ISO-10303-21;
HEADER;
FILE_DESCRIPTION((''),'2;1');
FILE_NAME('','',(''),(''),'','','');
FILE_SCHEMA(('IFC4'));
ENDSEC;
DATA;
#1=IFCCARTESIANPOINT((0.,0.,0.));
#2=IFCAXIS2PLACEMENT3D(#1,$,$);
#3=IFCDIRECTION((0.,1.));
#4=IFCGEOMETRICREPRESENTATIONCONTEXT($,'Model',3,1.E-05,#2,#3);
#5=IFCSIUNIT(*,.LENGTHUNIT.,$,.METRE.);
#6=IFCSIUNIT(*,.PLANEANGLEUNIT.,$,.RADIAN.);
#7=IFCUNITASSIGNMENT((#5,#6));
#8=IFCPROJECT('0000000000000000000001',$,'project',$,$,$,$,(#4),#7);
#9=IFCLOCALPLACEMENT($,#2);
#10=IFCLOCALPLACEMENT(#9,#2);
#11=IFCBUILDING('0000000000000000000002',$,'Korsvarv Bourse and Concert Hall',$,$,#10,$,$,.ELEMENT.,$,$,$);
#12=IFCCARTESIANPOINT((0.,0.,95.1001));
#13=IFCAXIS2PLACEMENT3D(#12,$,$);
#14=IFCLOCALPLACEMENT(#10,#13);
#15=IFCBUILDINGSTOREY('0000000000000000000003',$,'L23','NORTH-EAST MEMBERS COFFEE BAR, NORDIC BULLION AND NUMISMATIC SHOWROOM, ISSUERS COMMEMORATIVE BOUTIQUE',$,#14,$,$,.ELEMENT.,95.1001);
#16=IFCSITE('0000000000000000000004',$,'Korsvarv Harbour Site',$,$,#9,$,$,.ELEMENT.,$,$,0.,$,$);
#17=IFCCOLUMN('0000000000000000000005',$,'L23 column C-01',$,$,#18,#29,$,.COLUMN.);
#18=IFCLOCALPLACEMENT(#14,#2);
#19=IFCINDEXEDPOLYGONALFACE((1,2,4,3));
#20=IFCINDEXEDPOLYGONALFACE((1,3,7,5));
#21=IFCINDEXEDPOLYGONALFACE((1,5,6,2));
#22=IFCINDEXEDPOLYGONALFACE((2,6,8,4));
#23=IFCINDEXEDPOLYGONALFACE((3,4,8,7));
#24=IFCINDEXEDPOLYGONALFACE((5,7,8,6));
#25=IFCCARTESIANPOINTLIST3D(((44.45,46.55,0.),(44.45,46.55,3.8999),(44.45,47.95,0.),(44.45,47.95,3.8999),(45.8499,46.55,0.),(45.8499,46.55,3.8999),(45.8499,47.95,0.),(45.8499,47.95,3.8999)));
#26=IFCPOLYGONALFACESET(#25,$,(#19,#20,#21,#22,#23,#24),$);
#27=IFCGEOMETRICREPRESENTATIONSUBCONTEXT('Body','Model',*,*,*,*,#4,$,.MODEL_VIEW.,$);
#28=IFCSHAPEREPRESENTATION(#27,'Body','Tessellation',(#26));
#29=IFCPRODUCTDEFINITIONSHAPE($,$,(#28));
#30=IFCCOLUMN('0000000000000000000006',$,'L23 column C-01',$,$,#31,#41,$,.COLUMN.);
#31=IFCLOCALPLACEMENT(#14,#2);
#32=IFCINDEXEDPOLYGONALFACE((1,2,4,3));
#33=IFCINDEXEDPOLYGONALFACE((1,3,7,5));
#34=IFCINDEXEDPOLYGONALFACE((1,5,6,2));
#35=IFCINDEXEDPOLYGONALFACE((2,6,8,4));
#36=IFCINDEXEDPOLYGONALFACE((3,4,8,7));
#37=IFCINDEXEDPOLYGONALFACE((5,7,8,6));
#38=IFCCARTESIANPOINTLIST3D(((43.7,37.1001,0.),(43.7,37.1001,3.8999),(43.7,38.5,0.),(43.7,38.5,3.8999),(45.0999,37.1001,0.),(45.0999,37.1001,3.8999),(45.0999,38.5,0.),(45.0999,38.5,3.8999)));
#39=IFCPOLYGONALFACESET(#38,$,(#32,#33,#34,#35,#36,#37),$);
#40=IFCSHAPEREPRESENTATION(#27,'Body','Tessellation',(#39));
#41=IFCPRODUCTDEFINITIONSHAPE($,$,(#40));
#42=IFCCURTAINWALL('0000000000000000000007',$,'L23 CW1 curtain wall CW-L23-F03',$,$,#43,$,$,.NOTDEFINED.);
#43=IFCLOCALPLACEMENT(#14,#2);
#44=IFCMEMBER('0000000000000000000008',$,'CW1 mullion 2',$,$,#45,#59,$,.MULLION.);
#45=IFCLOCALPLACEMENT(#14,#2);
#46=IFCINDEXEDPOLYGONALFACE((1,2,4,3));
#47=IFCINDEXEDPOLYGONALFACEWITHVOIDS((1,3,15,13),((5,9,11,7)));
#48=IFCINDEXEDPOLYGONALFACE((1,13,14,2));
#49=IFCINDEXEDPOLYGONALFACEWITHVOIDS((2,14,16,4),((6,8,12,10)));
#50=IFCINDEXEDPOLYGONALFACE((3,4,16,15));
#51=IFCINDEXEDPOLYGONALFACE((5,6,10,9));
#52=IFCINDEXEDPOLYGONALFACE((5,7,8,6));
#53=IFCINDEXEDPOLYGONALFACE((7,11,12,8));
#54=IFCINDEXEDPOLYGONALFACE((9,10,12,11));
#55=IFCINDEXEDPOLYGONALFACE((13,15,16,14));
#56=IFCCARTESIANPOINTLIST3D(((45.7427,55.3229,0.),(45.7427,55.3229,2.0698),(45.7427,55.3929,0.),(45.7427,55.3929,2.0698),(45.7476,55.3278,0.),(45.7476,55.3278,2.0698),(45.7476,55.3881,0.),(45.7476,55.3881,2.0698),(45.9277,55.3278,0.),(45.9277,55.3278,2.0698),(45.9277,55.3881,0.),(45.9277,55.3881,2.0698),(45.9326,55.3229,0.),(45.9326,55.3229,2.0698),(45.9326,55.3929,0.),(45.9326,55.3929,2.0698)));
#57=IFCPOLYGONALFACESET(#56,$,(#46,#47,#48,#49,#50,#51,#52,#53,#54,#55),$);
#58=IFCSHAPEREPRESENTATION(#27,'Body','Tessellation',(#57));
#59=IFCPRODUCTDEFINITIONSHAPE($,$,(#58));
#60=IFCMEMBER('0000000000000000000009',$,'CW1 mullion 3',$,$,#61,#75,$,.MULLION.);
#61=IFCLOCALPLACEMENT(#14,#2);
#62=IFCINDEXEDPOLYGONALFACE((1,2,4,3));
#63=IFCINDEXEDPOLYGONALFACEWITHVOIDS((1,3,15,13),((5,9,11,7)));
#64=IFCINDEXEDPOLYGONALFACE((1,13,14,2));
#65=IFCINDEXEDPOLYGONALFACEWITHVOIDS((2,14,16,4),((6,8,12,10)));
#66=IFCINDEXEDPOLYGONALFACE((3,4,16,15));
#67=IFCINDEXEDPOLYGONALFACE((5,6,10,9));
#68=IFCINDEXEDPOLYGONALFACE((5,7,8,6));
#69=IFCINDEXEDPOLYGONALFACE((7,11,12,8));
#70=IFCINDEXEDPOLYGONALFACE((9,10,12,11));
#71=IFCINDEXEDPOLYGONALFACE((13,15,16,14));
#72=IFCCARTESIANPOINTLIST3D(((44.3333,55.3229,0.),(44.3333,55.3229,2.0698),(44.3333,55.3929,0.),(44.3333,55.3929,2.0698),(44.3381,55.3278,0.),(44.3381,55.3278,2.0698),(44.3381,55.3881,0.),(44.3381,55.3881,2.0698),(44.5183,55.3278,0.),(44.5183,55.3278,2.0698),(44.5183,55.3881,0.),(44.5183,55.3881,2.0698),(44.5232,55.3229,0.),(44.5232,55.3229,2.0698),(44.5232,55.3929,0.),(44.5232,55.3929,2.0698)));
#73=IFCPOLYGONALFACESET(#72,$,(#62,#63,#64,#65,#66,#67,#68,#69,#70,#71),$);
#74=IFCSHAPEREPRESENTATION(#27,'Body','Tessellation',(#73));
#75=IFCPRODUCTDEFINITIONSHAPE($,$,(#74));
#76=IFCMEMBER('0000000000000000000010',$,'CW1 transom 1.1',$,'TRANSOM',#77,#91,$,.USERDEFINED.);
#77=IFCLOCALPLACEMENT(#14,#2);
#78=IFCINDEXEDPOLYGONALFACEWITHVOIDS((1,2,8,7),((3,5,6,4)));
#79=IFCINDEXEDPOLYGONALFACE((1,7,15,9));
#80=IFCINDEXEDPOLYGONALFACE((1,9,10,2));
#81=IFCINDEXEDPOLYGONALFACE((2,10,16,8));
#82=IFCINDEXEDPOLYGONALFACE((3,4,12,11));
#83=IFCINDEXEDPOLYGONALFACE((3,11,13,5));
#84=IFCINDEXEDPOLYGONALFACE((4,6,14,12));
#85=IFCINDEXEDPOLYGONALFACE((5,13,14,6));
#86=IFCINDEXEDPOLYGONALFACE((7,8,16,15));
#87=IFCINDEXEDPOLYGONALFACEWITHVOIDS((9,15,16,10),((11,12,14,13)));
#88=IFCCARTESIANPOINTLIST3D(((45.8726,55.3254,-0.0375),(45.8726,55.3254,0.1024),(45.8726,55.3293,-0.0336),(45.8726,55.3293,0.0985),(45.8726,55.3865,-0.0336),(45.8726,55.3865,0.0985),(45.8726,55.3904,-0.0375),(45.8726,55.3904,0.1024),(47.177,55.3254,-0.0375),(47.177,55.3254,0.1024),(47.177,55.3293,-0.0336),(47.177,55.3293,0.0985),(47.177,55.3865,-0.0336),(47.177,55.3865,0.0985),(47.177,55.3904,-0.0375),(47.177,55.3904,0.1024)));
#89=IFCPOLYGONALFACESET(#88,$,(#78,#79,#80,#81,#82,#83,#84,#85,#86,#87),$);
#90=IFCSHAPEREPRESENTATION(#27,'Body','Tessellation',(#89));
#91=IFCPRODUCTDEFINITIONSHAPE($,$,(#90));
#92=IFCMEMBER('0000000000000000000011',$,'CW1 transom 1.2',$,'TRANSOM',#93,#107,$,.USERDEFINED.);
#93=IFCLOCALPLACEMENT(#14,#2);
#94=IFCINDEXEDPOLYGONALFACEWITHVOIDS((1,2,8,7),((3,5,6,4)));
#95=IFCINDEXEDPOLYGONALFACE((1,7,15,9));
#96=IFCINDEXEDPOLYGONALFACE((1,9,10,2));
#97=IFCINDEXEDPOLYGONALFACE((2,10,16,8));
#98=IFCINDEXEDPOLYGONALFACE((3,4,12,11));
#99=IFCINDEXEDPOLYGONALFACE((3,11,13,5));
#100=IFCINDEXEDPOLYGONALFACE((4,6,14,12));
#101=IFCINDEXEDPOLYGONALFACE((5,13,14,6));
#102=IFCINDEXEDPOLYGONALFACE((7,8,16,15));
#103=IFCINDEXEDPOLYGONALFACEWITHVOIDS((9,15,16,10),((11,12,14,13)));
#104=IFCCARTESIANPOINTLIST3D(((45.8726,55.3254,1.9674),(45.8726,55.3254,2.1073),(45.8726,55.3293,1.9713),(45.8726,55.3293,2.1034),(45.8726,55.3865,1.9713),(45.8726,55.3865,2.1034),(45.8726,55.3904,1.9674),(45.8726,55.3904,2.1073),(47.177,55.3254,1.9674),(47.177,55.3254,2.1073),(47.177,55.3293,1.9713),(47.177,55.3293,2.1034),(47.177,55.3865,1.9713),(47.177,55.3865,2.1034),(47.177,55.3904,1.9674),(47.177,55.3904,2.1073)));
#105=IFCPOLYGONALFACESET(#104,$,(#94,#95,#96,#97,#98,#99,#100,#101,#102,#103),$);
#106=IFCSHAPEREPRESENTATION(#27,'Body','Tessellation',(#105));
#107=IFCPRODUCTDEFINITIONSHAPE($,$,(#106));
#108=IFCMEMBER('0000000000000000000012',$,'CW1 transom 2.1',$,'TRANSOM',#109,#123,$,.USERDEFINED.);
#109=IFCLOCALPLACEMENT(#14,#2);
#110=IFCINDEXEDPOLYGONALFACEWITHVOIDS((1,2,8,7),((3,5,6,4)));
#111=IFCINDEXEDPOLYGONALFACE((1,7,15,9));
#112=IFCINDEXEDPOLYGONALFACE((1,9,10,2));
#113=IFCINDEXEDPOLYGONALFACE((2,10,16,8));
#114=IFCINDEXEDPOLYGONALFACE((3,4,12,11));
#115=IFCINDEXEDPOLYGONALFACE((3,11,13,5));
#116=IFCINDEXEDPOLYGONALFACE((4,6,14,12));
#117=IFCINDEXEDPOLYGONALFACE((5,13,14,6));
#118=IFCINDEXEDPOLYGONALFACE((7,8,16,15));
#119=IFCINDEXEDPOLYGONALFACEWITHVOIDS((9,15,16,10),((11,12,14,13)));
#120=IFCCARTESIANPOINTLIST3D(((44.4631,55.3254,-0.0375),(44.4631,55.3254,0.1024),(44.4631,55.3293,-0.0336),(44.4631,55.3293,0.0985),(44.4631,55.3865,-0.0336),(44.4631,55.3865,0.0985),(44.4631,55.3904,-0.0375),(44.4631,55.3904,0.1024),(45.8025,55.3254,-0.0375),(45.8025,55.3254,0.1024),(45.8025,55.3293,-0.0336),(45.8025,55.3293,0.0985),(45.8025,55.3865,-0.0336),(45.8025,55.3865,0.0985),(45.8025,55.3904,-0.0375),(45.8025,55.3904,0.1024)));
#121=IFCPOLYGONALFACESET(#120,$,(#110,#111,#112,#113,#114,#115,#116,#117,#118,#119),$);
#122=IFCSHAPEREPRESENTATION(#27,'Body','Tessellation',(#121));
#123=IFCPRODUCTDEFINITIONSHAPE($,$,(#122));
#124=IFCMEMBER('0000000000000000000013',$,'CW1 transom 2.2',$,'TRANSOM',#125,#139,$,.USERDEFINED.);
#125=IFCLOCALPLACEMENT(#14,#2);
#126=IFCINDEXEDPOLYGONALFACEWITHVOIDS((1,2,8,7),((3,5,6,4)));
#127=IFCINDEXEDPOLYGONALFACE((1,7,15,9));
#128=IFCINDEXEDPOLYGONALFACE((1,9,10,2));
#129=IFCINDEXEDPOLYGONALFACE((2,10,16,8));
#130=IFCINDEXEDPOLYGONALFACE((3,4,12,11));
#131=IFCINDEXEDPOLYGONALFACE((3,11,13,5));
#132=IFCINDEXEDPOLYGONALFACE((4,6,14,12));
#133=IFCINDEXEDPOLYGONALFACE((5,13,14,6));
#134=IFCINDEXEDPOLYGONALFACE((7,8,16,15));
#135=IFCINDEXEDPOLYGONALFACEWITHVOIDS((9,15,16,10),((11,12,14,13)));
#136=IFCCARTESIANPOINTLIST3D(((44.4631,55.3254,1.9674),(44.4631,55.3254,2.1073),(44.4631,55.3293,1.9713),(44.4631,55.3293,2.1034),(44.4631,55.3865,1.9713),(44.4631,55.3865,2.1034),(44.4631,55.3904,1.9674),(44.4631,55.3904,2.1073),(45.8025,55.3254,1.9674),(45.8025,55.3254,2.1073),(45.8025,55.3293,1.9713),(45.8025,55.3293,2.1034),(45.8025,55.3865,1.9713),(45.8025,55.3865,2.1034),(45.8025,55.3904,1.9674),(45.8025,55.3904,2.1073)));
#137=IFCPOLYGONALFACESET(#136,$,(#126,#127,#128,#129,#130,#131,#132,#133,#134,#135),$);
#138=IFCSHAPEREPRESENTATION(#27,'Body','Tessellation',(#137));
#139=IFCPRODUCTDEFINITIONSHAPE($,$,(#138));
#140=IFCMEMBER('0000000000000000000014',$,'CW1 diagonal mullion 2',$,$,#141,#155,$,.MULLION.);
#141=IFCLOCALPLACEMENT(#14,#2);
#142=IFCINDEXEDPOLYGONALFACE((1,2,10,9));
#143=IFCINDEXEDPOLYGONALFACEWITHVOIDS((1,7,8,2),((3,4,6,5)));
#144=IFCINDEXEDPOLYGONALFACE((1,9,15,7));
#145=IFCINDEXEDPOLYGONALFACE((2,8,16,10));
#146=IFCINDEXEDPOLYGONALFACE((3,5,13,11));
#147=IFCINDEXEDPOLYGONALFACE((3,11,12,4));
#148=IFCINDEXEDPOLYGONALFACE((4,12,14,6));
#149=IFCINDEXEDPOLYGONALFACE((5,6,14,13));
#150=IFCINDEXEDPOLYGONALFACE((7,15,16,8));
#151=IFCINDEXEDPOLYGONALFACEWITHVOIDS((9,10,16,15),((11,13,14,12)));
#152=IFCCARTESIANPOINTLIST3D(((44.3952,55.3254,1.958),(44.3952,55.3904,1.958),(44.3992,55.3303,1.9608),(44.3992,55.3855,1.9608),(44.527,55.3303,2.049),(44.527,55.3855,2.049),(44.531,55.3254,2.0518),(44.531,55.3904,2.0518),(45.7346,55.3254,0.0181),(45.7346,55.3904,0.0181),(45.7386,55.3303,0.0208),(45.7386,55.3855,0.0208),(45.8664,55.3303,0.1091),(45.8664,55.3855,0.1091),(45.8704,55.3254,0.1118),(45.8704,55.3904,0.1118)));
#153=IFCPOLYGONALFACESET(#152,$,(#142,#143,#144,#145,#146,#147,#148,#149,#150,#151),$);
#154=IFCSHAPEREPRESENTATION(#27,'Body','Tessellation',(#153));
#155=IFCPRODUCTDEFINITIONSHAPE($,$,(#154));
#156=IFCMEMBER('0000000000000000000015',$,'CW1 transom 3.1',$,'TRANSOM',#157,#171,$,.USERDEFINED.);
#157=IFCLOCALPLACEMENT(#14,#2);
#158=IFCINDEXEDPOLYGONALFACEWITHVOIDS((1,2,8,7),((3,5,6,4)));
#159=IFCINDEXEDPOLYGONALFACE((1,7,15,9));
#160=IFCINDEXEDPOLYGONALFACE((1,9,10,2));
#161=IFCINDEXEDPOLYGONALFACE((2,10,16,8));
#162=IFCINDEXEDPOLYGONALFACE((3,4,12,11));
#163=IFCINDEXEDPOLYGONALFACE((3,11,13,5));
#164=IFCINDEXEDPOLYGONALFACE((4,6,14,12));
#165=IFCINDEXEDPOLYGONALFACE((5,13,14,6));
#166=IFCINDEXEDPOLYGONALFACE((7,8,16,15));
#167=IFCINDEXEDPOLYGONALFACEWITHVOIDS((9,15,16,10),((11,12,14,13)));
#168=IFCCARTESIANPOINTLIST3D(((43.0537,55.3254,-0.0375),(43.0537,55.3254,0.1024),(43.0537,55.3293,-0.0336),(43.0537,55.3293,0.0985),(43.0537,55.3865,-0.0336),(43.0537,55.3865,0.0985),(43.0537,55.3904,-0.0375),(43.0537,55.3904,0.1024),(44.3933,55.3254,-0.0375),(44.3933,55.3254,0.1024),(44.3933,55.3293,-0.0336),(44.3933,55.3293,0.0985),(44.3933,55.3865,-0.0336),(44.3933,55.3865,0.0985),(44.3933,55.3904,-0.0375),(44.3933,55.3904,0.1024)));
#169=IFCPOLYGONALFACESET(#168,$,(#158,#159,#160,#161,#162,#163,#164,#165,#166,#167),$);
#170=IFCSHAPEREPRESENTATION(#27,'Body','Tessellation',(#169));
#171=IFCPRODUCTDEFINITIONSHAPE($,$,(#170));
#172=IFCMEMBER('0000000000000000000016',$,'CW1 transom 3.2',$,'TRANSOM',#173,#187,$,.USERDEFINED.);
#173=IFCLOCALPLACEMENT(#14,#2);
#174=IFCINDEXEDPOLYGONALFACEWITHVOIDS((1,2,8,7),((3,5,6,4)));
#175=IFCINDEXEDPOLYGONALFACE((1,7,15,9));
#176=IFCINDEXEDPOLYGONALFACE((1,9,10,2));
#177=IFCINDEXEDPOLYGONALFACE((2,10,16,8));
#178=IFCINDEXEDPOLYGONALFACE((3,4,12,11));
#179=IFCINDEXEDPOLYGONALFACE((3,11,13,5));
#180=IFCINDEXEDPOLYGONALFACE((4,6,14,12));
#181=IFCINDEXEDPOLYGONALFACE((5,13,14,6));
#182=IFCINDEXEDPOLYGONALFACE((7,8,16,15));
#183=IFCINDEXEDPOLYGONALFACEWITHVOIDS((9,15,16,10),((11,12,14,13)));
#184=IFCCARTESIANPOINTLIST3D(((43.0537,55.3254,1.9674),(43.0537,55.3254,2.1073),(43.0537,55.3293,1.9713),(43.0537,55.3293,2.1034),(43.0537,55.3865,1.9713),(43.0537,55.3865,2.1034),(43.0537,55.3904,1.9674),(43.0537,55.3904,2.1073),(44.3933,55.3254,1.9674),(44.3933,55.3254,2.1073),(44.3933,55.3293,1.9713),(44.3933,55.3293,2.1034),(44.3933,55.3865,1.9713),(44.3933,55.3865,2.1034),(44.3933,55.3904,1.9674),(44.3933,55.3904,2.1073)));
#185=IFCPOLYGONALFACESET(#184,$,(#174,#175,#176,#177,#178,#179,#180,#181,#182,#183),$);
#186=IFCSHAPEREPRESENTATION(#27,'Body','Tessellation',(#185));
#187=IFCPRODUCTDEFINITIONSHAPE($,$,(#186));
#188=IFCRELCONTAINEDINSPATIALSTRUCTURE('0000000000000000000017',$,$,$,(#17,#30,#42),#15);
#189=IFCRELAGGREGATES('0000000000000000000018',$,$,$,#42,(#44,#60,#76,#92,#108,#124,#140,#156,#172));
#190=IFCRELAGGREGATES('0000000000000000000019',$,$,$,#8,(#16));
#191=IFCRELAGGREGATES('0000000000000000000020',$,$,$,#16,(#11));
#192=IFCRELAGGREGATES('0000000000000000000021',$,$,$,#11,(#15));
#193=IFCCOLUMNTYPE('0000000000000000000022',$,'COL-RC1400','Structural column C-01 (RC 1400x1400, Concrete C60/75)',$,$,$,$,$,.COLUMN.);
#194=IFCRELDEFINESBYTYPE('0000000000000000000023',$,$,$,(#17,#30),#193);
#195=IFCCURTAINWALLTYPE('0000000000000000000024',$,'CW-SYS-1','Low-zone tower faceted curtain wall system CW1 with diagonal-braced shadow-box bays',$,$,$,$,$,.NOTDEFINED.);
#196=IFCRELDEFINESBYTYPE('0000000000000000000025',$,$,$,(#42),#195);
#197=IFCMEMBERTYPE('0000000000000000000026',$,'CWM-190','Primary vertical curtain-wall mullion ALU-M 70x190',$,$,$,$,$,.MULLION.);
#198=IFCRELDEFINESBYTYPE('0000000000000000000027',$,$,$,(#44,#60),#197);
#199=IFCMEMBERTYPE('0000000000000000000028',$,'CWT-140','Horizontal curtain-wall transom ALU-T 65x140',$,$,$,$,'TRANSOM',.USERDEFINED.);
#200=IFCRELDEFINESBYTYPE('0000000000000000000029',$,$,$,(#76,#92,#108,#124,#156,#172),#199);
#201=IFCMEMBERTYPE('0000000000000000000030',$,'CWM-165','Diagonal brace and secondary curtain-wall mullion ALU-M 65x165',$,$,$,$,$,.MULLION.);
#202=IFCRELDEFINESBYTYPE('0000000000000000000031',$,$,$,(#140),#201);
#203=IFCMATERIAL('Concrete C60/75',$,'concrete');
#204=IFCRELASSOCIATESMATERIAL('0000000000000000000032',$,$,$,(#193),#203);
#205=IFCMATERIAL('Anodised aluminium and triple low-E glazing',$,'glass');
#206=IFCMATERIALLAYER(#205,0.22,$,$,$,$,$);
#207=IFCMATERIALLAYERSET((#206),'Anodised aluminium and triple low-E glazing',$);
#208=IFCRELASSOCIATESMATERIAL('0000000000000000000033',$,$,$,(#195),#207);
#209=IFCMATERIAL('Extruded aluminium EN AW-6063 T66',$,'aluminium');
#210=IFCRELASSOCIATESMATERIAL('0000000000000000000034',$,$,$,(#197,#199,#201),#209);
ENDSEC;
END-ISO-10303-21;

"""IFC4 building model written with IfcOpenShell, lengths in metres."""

from ifc_helpers import new_model, si_unit, direction, frame, origin, origin_2d, place, context, subcontext, project, spatial, rectangle, hollow_rectangle, extrude, source, transform, mapped, material, layer, layer_set, material_profile, profile_set, type_object, element, aggregate, save


model = new_model("IFC4")

# Units and contexts
model_context = context("Model", 3, precision=1e-05, world=origin(), true_north=direction((0.0, 1.0)))
body_context = subcontext(model_context, "Body", "Model", "MODEL_VIEW")
ifc_project = project(units=[si_unit("LENGTHUNIT", "METRE"), si_unit("PLANEANGLEUNIT", "RADIAN")], contexts=[model_context])

# Site, building, storey
site_placement = place(None, origin())
site = spatial("IfcSite", under=ifc_project, at=site_placement, Name="Korsvarv Harbour Site", CompositionType="ELEMENT", RefElevation=0.0)
building_placement = place(site_placement, origin())
building = spatial("IfcBuilding", under=site, at=building_placement, Name="Korsvarv Bourse and Concert Hall", CompositionType="ELEMENT")
storey_placement = place(building_placement, frame((0.0, 0.0, 95.1001)))
storey = spatial("IfcBuildingStorey", under=building, at=storey_placement, Name="L23", Description="NORTH-EAST MEMBERS COFFEE BAR, NORDIC BULLION AND NUMISMATIC SHOWROOM, ISSUERS COMMEMORATIVE BOUTIQUE", CompositionType="ELEMENT", Elevation=95.1001)

# Columns
ifc_material_1 = material(Name="Concrete C60/75", Category="concrete")
ifc_material_profile_1 = material_profile(ifc_material_1, rectangle(XDim=1.3999, YDim=1.3999, at=origin_2d()), Name="RC 1400x1400")
ifc_profile_set_1 = profile_set([ifc_material_profile_1], Name="Concrete C60/75")
column_type = type_object("IfcColumnType", Name="COL-RC1400", Description="Structural column C-01 (RC 1400x1400, Concrete C60/75)", PredefinedType="COLUMN", material=ifc_profile_set_1)
shared_shape_1 = source(origin(), body_context, "Body", "SweptSolid", [
    extrude(rectangle(XDim=1.3999, YDim=1.3999, at=origin_2d()), origin(), (0.0, 0.0, 1.0), 3.8999),
])
for number, where, z_axis, x_axis, name in (
    (1, (45.1499, 47.25, 0.0), (0.0, 0.0, 1.0), (1.0, 0.0, 0.0), "L23 column C-01"),
    (2, (44.3999, 37.8, 0.0), (0.0, 0.0, 1.0), (1.0, 0.0, 0.0), "L23 column C-01"),
):
    element("IfcColumn", number, at=place(storey_placement, frame(where, z_axis=z_axis, x_axis=x_axis)), inside=storey, type_object=column_type, Name=name, PredefinedType="COLUMN", context=body_context, shape_type="MappedRepresentation", body=[
        mapped(shared_shape_1, transform((0.0, 0.0, 0.0), scale=1.0)),
    ])

# Curtain wall, members
ifc_material_2 = material(Name="Anodised aluminium and triple low-E glazing", Category="glass")
ifc_layer_1 = layer(ifc_material_2, 0.22)
ifc_layer_set_1 = layer_set([ifc_layer_1], Name="Anodised aluminium and triple low-E glazing")
curtain_wall_type = type_object("IfcCurtainWallType", Name="CW-SYS-1", Description="Low-zone tower faceted curtain wall system CW1 with diagonal-braced shadow-box bays", PredefinedType="NOTDEFINED", material=ifc_layer_set_1)
curtain_wall_placement = place(storey_placement, origin())
curtain_wall = element("IfcCurtainWall", 3, at=curtain_wall_placement, inside=storey, type_object=curtain_wall_type, Name="L23 CW1 curtain wall CW-L23-F03", PredefinedType="NOTDEFINED")
ifc_material_3 = material(Name="Extruded aluminium EN AW-6063 T66", Category="aluminium")
ifc_material_profile_2 = material_profile(ifc_material_3, hollow_rectangle(XDim=0.0701, YDim=0.1899, WallThickness=0.0049, at=origin_2d()), Name="ALU-M 70x190")
ifc_profile_set_2 = profile_set([ifc_material_profile_2], Name="Extruded aluminium EN AW-6063 T66")
member_type_1 = type_object("IfcMemberType", Name="CWM-190", Description="Primary vertical curtain-wall mullion ALU-M 70x190", PredefinedType="MULLION", material=ifc_profile_set_2)
shared_shape_2 = source(origin(), body_context, "Body", "SweptSolid", [
    extrude(hollow_rectangle(XDim=0.0701, YDim=0.1899, WallThickness=0.0049, at=origin_2d()), origin(), (0.0, 0.0, 1.0), 2.0698),
])
member_1_placement = place(storey_placement, frame((45.8376, 55.3579, 0.0), z_axis=(0.0, 0.0, 1.0), x_axis=(0.0, -1.0, 0.0)))
member_1 = element("IfcMember", 4, at=member_1_placement, type_object=member_type_1, Name="CW1 mullion 2", PredefinedType="MULLION", context=body_context, shape_type="MappedRepresentation", body=[
    mapped(shared_shape_2, transform((0.0, 0.0, 0.0), scale=1.0)),
])
member_2_placement = place(storey_placement, frame((44.4282, 55.3579, 0.0), z_axis=(0.0, 0.0, 1.0), x_axis=(0.0, -1.0, 0.0)))
member_2 = element("IfcMember", 5, at=member_2_placement, type_object=member_type_1, Name="CW1 mullion 3", PredefinedType="MULLION", context=body_context, shape_type="MappedRepresentation", body=[
    mapped(shared_shape_2, transform((0.0, 0.0, 0.0), scale=1.0)),
])
ifc_material_profile_3 = material_profile(ifc_material_3, hollow_rectangle(XDim=0.0649, YDim=0.1399, WallThickness=0.0039, at=origin_2d()), Name="ALU-T 65x140")
ifc_profile_set_3 = profile_set([ifc_material_profile_3], Name="Extruded aluminium EN AW-6063 T66")
member_type_2 = type_object("IfcMemberType", Name="CWT-140", Description="Horizontal curtain-wall transom ALU-T 65x140", ElementType="TRANSOM", PredefinedType="USERDEFINED", material=ifc_profile_set_3)
shared_shape_3 = source(origin(), body_context, "Body", "SweptSolid", [
    extrude(hollow_rectangle(XDim=0.0649, YDim=0.1399, WallThickness=0.0039, at=origin_2d()), origin(), (0.0, 0.0, 1.0), 1.3044),
])
member_3_placement = place(storey_placement, frame((47.177, 55.3579, 0.0325), z_axis=(-1.0, 0.0, 0.0), x_axis=(0.0, -1.0, 0.0)))
member_3 = element("IfcMember", 6, at=member_3_placement, type_object=member_type_2, Name="CW1 transom 1.1", ObjectType="TRANSOM", PredefinedType="USERDEFINED", context=body_context, shape_type="MappedRepresentation", body=[
    mapped(shared_shape_3, transform((0.0, 0.0, 0.0), scale=1.0)),
])
member_4_placement = place(storey_placement, frame((47.177, 55.3579, 2.0374), z_axis=(-1.0, 0.0, 0.0), x_axis=(0.0, -1.0, 0.0)))
member_4 = element("IfcMember", 7, at=member_4_placement, type_object=member_type_2, Name="CW1 transom 1.2", ObjectType="TRANSOM", PredefinedType="USERDEFINED", context=body_context, shape_type="MappedRepresentation", body=[
    mapped(shared_shape_3, transform((0.0, 0.0, 0.0), scale=1.0)),
])
shared_shape_4 = source(origin(), body_context, "Body", "SweptSolid", [
    extrude(hollow_rectangle(XDim=0.0649, YDim=0.1399, WallThickness=0.0039, at=origin_2d()), origin(), (0.0, 0.0, 1.0), 1.3394),
])
member_5_placement = place(storey_placement, frame((45.8025, 55.3579, 0.0325), z_axis=(-1.0, 0.0, 0.0), x_axis=(0.0, -1.0, 0.0)))
member_5 = element("IfcMember", 8, at=member_5_placement, type_object=member_type_2, Name="CW1 transom 2.1", ObjectType="TRANSOM", PredefinedType="USERDEFINED", context=body_context, shape_type="MappedRepresentation", body=[
    mapped(shared_shape_4, transform((0.0, 0.0, 0.0), scale=1.0)),
])
member_6_placement = place(storey_placement, frame((45.8025, 55.3579, 2.0374), z_axis=(-1.0, 0.0, 0.0), x_axis=(0.0, -1.0, 0.0)))
member_6 = element("IfcMember", 9, at=member_6_placement, type_object=member_type_2, Name="CW1 transom 2.2", ObjectType="TRANSOM", PredefinedType="USERDEFINED", context=body_context, shape_type="MappedRepresentation", body=[
    mapped(shared_shape_4, transform((0.0, 0.0, 0.0), scale=1.0)),
])
ifc_material_profile_4 = material_profile(ifc_material_3, hollow_rectangle(XDim=0.0649, YDim=0.165, WallThickness=0.0049, at=origin_2d()), Name="ALU-M 65x165")
ifc_profile_set_4 = profile_set([ifc_material_profile_4], Name="Extruded aluminium EN AW-6063 T66")
member_type_3 = type_object("IfcMemberType", Name="CWM-165", Description="Diagonal brace and secondary curtain-wall mullion ALU-M 65x165", PredefinedType="MULLION", material=ifc_profile_set_4)
shared_shape_5 = source(origin(), body_context, "Body", "SweptSolid", [
    extrude(hollow_rectangle(XDim=0.0649, YDim=0.165, WallThickness=0.0049, at=origin_2d()), origin(), (0.0, 0.0, 1.0), 2.3574),
])
member_7_placement = place(storey_placement, frame((45.8025, 55.3579, 0.0649), z_axis=(-0.568154, 0.0, 0.822922), x_axis=(0.0, -1.0, 0.0)))
member_7 = element("IfcMember", 10, at=member_7_placement, type_object=member_type_3, Name="CW1 diagonal mullion 2", PredefinedType="MULLION", context=body_context, shape_type="MappedRepresentation", body=[
    mapped(shared_shape_5, transform((0.0, 0.0, 0.0), scale=1.0)),
])
shared_shape_6 = source(origin(), body_context, "Body", "SweptSolid", [
    extrude(hollow_rectangle(XDim=0.0649, YDim=0.1399, WallThickness=0.0039, at=origin_2d()), origin(), (0.0, 0.0, 1.0), 1.3396),
])
member_8_placement = place(storey_placement, frame((44.3933, 55.3579, 0.0325), z_axis=(-1.0, 0.0, 0.0), x_axis=(0.0, -1.0, 0.0)))
member_8 = element("IfcMember", 11, at=member_8_placement, type_object=member_type_2, Name="CW1 transom 3.1", ObjectType="TRANSOM", PredefinedType="USERDEFINED", context=body_context, shape_type="MappedRepresentation", body=[
    mapped(shared_shape_6, transform((0.0, 0.0, 0.0), scale=1.0)),
])
member_9_placement = place(storey_placement, frame((44.3933, 55.3579, 2.0374), z_axis=(-1.0, 0.0, 0.0), x_axis=(0.0, -1.0, 0.0)))
member_9 = element("IfcMember", 12, at=member_9_placement, type_object=member_type_2, Name="CW1 transom 3.2", ObjectType="TRANSOM", PredefinedType="USERDEFINED", context=body_context, shape_type="MappedRepresentation", body=[
    mapped(shared_shape_6, transform((0.0, 0.0, 0.0), scale=1.0)),
])
aggregate(curtain_wall, [member_1, member_2, member_3, member_4, member_5, member_6, member_7, member_8, member_9])

save(model, "model.ifc")
